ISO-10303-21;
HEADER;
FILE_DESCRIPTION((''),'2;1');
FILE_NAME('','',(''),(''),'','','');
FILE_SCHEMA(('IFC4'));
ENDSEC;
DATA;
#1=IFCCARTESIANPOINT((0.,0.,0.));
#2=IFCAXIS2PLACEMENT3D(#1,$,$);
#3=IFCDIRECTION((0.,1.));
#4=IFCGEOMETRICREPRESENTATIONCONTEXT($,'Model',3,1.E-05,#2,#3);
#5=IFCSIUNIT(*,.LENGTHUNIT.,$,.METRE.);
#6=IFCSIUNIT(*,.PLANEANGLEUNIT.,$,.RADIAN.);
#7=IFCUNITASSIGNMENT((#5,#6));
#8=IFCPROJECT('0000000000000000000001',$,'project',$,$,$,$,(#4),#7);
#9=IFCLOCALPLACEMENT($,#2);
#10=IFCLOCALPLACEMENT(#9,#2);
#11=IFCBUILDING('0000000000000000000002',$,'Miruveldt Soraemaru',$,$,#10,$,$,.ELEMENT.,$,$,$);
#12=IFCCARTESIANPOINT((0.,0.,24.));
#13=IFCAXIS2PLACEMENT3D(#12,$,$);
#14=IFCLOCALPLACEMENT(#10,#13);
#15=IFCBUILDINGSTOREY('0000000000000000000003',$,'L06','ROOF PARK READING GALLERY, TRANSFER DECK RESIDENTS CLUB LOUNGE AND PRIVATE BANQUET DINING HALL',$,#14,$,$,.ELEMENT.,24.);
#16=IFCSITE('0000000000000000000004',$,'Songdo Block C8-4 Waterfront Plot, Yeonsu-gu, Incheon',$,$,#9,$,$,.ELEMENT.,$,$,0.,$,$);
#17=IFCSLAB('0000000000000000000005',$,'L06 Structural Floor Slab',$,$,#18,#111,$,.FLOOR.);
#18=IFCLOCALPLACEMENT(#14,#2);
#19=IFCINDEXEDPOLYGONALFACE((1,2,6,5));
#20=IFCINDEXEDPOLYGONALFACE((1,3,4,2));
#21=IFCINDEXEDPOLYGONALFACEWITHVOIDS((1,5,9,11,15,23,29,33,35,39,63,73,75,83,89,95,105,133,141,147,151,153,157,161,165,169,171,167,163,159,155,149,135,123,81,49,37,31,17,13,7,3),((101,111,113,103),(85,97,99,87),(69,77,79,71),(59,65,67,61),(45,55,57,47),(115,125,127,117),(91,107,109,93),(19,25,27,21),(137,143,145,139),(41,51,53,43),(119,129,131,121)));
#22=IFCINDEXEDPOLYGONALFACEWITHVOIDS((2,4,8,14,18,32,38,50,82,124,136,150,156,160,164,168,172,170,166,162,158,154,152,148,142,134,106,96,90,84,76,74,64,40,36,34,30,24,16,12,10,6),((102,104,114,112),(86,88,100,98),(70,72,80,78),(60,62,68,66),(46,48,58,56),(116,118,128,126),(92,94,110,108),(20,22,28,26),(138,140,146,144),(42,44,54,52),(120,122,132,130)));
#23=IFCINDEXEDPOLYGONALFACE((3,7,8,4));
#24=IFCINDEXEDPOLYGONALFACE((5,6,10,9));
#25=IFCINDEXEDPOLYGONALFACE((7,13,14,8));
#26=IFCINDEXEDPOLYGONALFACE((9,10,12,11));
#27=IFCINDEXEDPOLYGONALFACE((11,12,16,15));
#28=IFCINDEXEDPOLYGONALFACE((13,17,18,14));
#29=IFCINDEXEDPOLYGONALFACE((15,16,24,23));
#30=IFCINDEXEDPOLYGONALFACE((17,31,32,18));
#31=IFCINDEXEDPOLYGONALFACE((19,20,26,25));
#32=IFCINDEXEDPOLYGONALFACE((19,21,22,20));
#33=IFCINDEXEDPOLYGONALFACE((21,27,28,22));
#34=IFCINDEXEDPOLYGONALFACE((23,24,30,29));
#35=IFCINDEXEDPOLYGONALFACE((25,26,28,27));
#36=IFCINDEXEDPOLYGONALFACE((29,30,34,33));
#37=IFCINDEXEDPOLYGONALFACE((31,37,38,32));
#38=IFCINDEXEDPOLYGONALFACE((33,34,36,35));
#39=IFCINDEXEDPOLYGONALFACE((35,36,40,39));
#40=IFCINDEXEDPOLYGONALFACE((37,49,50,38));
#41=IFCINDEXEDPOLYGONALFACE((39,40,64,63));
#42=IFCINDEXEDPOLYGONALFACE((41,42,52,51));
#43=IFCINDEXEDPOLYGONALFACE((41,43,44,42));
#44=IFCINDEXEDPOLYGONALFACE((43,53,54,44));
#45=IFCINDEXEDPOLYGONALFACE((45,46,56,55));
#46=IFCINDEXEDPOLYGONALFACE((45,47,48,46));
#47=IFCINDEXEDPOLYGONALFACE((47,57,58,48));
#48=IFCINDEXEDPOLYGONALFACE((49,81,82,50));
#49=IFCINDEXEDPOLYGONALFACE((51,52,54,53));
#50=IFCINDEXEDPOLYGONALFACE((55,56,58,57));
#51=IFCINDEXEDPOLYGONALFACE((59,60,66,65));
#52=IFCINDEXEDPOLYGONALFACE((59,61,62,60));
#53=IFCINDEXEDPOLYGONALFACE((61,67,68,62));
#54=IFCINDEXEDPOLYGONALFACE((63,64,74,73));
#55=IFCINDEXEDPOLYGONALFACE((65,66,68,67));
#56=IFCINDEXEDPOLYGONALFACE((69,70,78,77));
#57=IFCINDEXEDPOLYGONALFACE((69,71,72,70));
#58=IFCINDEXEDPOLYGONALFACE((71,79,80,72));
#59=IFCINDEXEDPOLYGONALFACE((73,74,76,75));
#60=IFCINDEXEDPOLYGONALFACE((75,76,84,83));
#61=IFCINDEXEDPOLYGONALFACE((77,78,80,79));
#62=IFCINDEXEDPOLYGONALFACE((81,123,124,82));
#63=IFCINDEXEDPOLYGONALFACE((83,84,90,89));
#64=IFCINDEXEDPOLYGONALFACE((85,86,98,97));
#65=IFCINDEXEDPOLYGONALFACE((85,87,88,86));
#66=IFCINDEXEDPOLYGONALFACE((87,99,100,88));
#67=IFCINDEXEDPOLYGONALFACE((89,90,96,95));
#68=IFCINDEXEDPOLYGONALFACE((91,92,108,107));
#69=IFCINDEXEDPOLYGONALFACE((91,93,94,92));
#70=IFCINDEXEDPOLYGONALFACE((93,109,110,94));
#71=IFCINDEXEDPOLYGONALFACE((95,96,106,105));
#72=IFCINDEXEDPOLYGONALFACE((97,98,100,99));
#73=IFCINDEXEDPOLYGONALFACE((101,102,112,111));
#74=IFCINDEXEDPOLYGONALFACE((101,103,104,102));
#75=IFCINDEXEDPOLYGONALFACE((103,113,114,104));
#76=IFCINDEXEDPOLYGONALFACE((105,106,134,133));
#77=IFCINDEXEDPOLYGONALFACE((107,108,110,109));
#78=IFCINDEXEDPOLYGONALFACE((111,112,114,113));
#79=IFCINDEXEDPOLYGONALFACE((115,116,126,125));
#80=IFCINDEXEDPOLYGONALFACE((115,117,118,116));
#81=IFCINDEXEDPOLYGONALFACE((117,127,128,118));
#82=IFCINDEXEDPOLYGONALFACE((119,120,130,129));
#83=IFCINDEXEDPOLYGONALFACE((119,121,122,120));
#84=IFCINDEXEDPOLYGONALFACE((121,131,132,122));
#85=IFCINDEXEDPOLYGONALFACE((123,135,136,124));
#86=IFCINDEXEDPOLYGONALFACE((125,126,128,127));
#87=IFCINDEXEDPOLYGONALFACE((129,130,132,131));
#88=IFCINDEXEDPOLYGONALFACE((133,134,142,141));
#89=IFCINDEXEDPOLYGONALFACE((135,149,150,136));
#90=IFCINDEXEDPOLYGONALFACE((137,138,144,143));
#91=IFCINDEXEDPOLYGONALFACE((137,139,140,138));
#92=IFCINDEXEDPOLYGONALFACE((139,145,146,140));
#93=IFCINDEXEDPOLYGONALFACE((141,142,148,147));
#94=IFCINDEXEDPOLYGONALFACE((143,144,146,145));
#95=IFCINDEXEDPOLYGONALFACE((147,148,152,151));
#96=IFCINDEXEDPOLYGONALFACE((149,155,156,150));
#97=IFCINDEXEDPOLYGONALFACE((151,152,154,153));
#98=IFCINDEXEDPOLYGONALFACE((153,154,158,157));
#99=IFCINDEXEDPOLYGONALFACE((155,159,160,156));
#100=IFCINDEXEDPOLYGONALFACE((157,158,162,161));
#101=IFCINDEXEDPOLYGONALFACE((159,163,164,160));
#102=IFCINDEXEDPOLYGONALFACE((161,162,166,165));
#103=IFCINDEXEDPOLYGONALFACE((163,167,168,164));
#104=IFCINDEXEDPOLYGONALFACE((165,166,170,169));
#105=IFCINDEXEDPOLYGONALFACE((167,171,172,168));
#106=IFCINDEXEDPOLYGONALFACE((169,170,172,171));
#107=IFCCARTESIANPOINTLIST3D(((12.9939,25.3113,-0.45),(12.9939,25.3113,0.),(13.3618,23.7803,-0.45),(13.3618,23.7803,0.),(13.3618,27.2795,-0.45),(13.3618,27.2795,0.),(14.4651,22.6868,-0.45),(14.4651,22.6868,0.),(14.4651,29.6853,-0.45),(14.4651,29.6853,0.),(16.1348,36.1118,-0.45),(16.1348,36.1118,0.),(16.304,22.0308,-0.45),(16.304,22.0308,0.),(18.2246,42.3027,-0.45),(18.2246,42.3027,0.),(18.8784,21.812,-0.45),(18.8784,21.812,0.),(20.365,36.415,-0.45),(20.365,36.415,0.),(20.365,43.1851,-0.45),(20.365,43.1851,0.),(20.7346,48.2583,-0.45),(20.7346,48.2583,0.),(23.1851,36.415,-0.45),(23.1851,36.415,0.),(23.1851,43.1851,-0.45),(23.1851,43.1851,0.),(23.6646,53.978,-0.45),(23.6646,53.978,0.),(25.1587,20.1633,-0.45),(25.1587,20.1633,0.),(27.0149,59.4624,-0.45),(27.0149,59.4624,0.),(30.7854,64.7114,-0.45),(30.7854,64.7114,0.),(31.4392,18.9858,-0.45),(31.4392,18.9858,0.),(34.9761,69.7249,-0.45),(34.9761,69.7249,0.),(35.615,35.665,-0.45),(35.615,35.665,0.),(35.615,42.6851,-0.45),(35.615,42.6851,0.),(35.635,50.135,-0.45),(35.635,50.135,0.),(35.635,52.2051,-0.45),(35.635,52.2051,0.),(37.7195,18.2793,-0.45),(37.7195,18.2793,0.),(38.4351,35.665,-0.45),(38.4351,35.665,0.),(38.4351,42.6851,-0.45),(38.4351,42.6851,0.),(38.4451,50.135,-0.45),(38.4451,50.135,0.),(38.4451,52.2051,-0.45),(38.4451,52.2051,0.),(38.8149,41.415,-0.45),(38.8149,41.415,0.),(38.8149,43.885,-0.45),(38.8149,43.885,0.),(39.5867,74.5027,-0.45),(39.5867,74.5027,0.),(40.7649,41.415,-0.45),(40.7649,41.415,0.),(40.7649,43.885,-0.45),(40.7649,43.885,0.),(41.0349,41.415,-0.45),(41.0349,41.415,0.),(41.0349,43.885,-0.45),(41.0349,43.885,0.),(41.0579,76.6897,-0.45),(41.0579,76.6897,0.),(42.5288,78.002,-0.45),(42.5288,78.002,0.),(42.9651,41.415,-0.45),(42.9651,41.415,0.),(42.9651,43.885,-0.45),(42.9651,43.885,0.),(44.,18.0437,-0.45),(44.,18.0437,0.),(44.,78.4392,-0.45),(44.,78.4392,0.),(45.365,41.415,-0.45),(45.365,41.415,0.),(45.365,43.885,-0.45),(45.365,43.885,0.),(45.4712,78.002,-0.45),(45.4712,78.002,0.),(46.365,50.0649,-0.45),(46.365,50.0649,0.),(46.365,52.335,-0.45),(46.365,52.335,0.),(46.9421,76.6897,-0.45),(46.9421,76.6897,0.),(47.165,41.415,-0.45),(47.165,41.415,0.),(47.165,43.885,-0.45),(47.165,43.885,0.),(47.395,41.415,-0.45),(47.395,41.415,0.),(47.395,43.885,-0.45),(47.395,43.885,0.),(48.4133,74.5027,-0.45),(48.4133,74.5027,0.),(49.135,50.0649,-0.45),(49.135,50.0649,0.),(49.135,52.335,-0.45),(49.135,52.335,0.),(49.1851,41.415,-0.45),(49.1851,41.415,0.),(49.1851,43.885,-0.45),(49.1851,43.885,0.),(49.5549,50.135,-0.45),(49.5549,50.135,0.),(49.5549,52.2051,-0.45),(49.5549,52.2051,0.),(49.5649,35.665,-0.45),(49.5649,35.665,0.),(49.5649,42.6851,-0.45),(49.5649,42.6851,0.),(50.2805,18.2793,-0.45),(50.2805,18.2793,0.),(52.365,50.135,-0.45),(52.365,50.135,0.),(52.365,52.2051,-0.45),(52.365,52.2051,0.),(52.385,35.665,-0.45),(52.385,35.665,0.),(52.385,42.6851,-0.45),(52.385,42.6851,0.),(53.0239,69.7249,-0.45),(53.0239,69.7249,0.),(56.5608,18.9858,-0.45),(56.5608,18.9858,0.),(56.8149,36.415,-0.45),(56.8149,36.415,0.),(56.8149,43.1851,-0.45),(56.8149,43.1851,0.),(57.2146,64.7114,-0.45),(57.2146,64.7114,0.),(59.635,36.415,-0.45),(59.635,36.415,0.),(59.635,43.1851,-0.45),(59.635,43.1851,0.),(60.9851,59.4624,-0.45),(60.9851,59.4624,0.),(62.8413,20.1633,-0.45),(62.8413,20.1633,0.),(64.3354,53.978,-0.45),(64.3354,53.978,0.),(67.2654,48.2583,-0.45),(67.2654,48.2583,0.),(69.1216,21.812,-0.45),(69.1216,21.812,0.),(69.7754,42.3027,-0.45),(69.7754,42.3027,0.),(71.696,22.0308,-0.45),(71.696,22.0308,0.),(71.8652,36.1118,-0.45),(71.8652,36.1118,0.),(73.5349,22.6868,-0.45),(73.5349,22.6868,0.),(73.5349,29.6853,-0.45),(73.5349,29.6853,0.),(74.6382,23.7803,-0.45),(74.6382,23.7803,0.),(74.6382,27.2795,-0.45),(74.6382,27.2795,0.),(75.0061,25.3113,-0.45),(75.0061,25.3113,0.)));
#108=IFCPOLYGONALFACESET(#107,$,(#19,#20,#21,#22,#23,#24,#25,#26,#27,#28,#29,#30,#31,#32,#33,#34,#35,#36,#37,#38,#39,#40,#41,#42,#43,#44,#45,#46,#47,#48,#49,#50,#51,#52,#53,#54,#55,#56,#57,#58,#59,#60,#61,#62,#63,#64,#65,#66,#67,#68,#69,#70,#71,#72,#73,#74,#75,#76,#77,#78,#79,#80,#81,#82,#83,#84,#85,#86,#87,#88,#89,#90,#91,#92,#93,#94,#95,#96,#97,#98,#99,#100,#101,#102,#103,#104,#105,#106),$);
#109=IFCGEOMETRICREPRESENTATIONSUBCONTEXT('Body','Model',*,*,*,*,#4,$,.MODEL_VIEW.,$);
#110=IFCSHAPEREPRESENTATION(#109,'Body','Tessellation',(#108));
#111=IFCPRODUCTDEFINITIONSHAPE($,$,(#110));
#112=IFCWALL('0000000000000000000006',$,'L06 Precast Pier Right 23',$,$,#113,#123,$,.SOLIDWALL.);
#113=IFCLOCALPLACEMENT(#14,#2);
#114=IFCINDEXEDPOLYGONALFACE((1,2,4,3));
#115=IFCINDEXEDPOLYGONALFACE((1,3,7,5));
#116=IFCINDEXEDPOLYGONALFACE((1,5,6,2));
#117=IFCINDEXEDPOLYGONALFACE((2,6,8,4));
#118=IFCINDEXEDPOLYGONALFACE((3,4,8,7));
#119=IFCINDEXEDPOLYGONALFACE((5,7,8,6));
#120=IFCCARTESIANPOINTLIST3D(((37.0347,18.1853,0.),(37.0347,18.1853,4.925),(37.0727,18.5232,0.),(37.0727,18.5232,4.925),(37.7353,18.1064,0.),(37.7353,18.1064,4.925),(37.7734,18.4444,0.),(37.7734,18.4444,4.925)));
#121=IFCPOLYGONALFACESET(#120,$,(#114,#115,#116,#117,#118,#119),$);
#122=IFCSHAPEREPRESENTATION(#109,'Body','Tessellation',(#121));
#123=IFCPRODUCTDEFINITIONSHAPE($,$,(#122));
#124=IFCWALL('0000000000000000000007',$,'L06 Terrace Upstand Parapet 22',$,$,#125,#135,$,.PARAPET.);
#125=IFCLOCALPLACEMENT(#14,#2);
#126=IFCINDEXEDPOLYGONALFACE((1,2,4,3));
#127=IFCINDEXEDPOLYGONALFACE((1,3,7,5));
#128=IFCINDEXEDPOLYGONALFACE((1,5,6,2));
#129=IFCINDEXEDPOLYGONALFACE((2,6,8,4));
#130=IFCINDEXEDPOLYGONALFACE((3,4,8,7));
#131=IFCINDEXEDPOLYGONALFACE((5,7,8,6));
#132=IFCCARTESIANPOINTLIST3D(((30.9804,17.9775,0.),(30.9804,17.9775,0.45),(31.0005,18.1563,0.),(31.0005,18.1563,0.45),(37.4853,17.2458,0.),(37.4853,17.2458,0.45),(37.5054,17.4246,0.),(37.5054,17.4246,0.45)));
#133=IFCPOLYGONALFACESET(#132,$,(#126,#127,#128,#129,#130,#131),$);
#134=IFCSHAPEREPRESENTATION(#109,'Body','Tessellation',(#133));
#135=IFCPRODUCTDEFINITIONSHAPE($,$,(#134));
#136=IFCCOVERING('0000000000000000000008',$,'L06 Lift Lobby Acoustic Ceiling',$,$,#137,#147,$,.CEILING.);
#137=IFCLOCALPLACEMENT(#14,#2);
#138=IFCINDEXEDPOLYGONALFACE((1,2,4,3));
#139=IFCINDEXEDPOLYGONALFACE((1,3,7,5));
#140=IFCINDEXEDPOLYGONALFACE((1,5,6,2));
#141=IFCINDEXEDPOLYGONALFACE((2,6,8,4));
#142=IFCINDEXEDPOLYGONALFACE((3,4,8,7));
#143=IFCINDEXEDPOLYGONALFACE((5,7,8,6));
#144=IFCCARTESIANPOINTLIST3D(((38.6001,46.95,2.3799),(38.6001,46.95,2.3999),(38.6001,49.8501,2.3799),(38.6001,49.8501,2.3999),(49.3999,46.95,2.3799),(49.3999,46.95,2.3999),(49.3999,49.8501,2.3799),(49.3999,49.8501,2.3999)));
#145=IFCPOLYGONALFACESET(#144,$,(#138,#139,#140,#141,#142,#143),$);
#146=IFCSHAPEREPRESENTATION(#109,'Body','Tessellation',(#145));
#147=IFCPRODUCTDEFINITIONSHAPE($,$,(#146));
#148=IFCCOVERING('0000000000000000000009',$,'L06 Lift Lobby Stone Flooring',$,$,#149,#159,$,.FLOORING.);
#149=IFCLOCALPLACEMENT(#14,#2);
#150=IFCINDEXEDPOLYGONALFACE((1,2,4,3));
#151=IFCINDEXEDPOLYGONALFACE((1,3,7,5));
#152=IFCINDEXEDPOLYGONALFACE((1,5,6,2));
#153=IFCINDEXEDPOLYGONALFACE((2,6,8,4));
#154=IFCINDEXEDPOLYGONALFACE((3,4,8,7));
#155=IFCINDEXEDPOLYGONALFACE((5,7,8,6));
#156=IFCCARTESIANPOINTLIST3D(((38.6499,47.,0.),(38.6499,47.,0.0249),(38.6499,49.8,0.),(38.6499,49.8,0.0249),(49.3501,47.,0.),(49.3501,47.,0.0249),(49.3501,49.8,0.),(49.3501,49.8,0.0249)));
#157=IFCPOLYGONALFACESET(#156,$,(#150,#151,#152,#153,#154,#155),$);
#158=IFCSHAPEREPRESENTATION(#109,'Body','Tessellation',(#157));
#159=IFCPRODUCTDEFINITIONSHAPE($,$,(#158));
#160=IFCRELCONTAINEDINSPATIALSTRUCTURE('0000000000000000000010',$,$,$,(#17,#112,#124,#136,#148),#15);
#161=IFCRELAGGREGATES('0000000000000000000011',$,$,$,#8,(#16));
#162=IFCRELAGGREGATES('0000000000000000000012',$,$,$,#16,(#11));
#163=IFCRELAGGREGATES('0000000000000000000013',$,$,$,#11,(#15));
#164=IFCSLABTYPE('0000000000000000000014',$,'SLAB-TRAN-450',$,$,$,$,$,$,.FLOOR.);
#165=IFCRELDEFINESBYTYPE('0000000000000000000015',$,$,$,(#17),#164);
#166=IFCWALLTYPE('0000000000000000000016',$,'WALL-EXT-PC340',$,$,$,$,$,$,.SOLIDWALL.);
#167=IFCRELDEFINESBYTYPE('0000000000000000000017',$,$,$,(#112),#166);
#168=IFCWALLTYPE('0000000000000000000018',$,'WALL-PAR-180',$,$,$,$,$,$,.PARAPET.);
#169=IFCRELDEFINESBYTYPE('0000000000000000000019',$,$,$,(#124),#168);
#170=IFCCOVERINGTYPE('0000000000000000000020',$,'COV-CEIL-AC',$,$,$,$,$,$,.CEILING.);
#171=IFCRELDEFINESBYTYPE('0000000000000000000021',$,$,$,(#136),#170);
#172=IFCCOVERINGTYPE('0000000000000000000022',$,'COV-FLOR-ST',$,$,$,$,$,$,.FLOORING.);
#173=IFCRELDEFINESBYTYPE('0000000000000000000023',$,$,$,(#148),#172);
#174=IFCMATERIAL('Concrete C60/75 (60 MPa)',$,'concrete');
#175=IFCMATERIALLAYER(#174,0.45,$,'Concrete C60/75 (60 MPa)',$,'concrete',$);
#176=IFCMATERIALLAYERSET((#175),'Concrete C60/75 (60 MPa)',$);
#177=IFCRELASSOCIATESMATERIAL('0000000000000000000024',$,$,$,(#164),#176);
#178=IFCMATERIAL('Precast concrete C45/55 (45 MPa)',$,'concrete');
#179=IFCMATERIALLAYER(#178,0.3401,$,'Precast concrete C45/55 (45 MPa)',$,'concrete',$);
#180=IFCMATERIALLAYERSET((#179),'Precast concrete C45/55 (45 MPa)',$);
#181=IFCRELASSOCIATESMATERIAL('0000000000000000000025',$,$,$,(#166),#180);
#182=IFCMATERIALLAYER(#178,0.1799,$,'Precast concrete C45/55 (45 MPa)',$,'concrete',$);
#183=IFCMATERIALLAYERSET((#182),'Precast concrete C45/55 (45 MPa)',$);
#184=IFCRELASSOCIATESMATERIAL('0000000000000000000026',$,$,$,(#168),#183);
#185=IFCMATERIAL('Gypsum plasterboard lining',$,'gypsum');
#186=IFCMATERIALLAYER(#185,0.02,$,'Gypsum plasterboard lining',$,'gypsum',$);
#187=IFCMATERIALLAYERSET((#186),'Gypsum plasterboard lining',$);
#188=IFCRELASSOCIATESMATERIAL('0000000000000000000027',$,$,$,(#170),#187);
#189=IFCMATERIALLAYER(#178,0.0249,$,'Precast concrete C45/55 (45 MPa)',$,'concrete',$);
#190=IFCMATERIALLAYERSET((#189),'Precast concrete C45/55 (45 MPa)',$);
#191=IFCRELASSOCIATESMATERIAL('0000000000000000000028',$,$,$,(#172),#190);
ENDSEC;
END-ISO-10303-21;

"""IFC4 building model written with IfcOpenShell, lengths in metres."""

from ifc_helpers import new_model, si_unit, direction, frame, frame_2d, origin, place, context, subcontext, project, spatial, polyline, rectangle, outline, extrude, material, layer, layer_set, type_object, element, save


model = new_model("IFC4")

# Units and contexts
model_context = context("Model", 3, precision=1e-05, world=origin(), true_north=direction((0.0, 1.0)))
body_context = subcontext(model_context, "Body", "Model", "MODEL_VIEW")
ifc_project = project(units=[si_unit("LENGTHUNIT", "METRE"), si_unit("PLANEANGLEUNIT", "RADIAN")], contexts=[model_context])

# Site, building, storey
site_placement = place(None, origin())
site = spatial("IfcSite", under=ifc_project, at=site_placement, Name="Songdo Block C8-4 Waterfront Plot, Yeonsu-gu, Incheon", CompositionType="ELEMENT", RefElevation=0.0)
building_placement = place(site_placement, origin())
building = spatial("IfcBuilding", under=site, at=building_placement, Name="Miruveldt Soraemaru", CompositionType="ELEMENT")
storey_placement = place(building_placement, frame((0.0, 0.0, 24.0)))
storey = spatial("IfcBuildingStorey", under=building, at=storey_placement, Name="L06", Description="ROOF PARK READING GALLERY, TRANSFER DECK RESIDENTS CLUB LOUNGE AND PRIVATE BANQUET DINING HALL", CompositionType="ELEMENT", Elevation=24.0)

# Slab
ifc_material_1 = material(Name="Precast concrete C45/55 (45 MPa)", Category="concrete")
ifc_material_2 = material(Name="Concrete C60/75 (60 MPa)", Category="concrete")
ifc_layer_1 = layer(ifc_material_2, 0.45, Name="Concrete C60/75 (60 MPa)", Category="concrete")
ifc_layer_set_1 = layer_set([ifc_layer_1], Name="Concrete C60/75 (60 MPa)")
slab_type_1 = type_object("IfcSlabType", Name="SLAB-TRAN-450", PredefinedType="FLOOR", material=ifc_layer_set_1)
slab_1_placement = place(storey_placement, frame((0.0, 0.0, -0.45)))
element("IfcSlab", 1, at=slab_1_placement, inside=storey, type_object=slab_type_1, Name="L06 Structural Floor Slab", PredefinedType="FLOOR", context=body_context, shape_type="SweptSolid", body=[
    extrude(outline(polyline([(53.0239, 69.7249), (57.2146, 64.7114), (60.9851, 59.4624), (64.3354, 53.978), (67.2654, 48.2583), (69.7754, 42.3027), (71.8652, 36.1118), (73.5349, 29.6853), (74.6382, 27.2795), (75.0061, 25.3113), (74.6382, 23.7803), (73.5349, 22.6868), (71.696, 22.0308), (69.1216, 21.812), (62.8413, 20.1633), (56.5608, 18.9858), (50.2805, 18.2793), (44.0, 18.0437), (37.7195, 18.2793), (31.4392, 18.9858), (25.1587, 20.1633), (18.8784, 21.812), (16.304, 22.0308), (14.4651, 22.6868), (13.3618, 23.7803), (12.9939, 25.3113), (13.3618, 27.2795), (14.4651, 29.6853), (16.1348, 36.1118), (18.2246, 42.3027), (20.7346, 48.2583), (23.6646, 53.978), (27.0149, 59.4624), (30.7854, 64.7114), (34.9761, 69.7249), (39.5867, 74.5027), (41.0579, 76.6897), (42.5288, 78.002), (44.0, 78.4392), (45.4712, 78.002), (46.9421, 76.6897), (48.4133, 74.5027), (53.0239, 69.7249)]), holes=[polyline([(35.615, 35.665), (38.4351, 35.665), (38.4351, 42.6851), (35.615, 42.6851), (35.615, 35.665)]), polyline([(20.365, 36.415), (23.1851, 36.415), (23.1851, 43.1851), (20.365, 43.1851), (20.365, 36.415)]), polyline([(40.7649, 41.415), (40.7649, 43.885), (38.8149, 43.885), (38.8149, 41.415), (40.7649, 41.415)]), polyline([(41.0349, 41.415), (42.9651, 41.415), (42.9651, 43.885), (41.0349, 43.885), (41.0349, 41.415)]), polyline([(45.365, 41.415), (47.165, 41.415), (47.165, 43.885), (45.365, 43.885), (45.365, 41.415)]), polyline([(38.4451, 50.135), (38.4451, 52.2051), (35.635, 52.2051), (35.635, 50.135), (38.4451, 50.135)]), polyline([(49.5649, 42.6851), (49.5649, 35.665), (52.385, 35.665), (52.385, 42.6851), (49.5649, 42.6851)]), polyline([(56.8149, 43.1851), (56.8149, 36.415), (59.635, 36.415), (59.635, 43.1851), (56.8149, 43.1851)]), polyline([(49.1851, 41.415), (49.1851, 43.885), (47.395, 43.885), (47.395, 41.415), (49.1851, 41.415)]), polyline([(49.5549, 50.135), (52.365, 50.135), (52.365, 52.2051), (49.5549, 52.2051), (49.5549, 50.135)]), polyline([(46.365, 50.0649), (49.135, 50.0649), (49.135, 52.335), (46.365, 52.335), (46.365, 50.0649)])]), origin(), (0.0, 0.0, 1.0), 0.45),
])

# Walls
ifc_layer_2 = layer(ifc_material_1, 0.3401, Name="Precast concrete C45/55 (45 MPa)", Category="concrete")
ifc_layer_set_2 = layer_set([ifc_layer_2], Name="Precast concrete C45/55 (45 MPa)")
wall_type_1 = type_object("IfcWallType", Name="WALL-EXT-PC340", PredefinedType="SOLIDWALL", material=ifc_layer_set_2)
wall_1_placement = place(storey_placement, frame((37.0537, 18.3542, 0.0), z_axis=(0.0, 0.0, 1.0), x_axis=(0.993727, -0.111838, 0.0)))
element("IfcWall", 2, at=wall_1_placement, inside=storey, type_object=wall_type_1, Name="L06 Precast Pier Right 23", PredefinedType="SOLIDWALL", context=body_context, shape_type="SweptSolid", body=[
    extrude(rectangle(XDim=0.7051, YDim=0.3401, at=frame_2d((0.3525, 0.0))), origin(), (0.0, 0.0, 1.0), 4.925),
])
ifc_layer_3 = layer(ifc_material_1, 0.1799, Name="Precast concrete C45/55 (45 MPa)", Category="concrete")
ifc_layer_set_3 = layer_set([ifc_layer_3], Name="Precast concrete C45/55 (45 MPa)")
wall_type_2 = type_object("IfcWallType", Name="WALL-PAR-180", PredefinedType="PARAPET", material=ifc_layer_set_3)
wall_2_placement = place(storey_placement, frame((30.9905, 18.0669, 0.0), z_axis=(0.0, 0.0, 1.0), x_axis=(0.993733, -0.111778, 0.0)))
element("IfcWall", 3, at=wall_2_placement, inside=storey, type_object=wall_type_2, Name="L06 Terrace Upstand Parapet 22", PredefinedType="PARAPET", context=body_context, shape_type="SweptSolid", body=[
    extrude(rectangle(XDim=6.5459, YDim=0.1799, at=frame_2d((3.2729, 0.0))), origin(), (0.0, 0.0, 1.0), 0.45),
])

# Coverings
ifc_material_3 = material(Name="Gypsum plasterboard lining", Category="gypsum")
ifc_layer_4 = layer(ifc_material_3, 0.02, Name="Gypsum plasterboard lining", Category="gypsum")
ifc_layer_set_4 = layer_set([ifc_layer_4], Name="Gypsum plasterboard lining")
covering_type_1 = type_object("IfcCoveringType", Name="COV-CEIL-AC", PredefinedType="CEILING", material=ifc_layer_set_4)
covering_1_placement = place(storey_placement, frame((0.0, 0.0, 2.3799)))
element("IfcCovering", 4, at=covering_1_placement, inside=storey, type_object=covering_type_1, Name="L06 Lift Lobby Acoustic Ceiling", PredefinedType="CEILING", context=body_context, shape_type="SweptSolid", body=[
    extrude(outline(polyline([(38.6001, 46.95), (49.3999, 46.95), (49.3999, 49.8501), (38.6001, 49.8501), (38.6001, 46.95)])), origin(), (0.0, 0.0, 1.0), 0.02),
])
ifc_layer_5 = layer(ifc_material_1, 0.0249, Name="Precast concrete C45/55 (45 MPa)", Category="concrete")
ifc_layer_set_5 = layer_set([ifc_layer_5], Name="Precast concrete C45/55 (45 MPa)")
covering_type_2 = type_object("IfcCoveringType", Name="COV-FLOR-ST", PredefinedType="FLOORING", material=ifc_layer_set_5)
covering_2_placement = place(storey_placement, origin())
element("IfcCovering", 5, at=covering_2_placement, inside=storey, type_object=covering_type_2, Name="L06 Lift Lobby Stone Flooring", PredefinedType="FLOORING", context=body_context, shape_type="SweptSolid", body=[
    extrude(outline(polyline([(38.6499, 47.0), (49.3501, 47.0), (49.3501, 49.8), (38.6499, 49.8), (38.6499, 47.0)])), origin(), (0.0, 0.0, 1.0), 0.0249),
])

save(model, "model.ifc")
